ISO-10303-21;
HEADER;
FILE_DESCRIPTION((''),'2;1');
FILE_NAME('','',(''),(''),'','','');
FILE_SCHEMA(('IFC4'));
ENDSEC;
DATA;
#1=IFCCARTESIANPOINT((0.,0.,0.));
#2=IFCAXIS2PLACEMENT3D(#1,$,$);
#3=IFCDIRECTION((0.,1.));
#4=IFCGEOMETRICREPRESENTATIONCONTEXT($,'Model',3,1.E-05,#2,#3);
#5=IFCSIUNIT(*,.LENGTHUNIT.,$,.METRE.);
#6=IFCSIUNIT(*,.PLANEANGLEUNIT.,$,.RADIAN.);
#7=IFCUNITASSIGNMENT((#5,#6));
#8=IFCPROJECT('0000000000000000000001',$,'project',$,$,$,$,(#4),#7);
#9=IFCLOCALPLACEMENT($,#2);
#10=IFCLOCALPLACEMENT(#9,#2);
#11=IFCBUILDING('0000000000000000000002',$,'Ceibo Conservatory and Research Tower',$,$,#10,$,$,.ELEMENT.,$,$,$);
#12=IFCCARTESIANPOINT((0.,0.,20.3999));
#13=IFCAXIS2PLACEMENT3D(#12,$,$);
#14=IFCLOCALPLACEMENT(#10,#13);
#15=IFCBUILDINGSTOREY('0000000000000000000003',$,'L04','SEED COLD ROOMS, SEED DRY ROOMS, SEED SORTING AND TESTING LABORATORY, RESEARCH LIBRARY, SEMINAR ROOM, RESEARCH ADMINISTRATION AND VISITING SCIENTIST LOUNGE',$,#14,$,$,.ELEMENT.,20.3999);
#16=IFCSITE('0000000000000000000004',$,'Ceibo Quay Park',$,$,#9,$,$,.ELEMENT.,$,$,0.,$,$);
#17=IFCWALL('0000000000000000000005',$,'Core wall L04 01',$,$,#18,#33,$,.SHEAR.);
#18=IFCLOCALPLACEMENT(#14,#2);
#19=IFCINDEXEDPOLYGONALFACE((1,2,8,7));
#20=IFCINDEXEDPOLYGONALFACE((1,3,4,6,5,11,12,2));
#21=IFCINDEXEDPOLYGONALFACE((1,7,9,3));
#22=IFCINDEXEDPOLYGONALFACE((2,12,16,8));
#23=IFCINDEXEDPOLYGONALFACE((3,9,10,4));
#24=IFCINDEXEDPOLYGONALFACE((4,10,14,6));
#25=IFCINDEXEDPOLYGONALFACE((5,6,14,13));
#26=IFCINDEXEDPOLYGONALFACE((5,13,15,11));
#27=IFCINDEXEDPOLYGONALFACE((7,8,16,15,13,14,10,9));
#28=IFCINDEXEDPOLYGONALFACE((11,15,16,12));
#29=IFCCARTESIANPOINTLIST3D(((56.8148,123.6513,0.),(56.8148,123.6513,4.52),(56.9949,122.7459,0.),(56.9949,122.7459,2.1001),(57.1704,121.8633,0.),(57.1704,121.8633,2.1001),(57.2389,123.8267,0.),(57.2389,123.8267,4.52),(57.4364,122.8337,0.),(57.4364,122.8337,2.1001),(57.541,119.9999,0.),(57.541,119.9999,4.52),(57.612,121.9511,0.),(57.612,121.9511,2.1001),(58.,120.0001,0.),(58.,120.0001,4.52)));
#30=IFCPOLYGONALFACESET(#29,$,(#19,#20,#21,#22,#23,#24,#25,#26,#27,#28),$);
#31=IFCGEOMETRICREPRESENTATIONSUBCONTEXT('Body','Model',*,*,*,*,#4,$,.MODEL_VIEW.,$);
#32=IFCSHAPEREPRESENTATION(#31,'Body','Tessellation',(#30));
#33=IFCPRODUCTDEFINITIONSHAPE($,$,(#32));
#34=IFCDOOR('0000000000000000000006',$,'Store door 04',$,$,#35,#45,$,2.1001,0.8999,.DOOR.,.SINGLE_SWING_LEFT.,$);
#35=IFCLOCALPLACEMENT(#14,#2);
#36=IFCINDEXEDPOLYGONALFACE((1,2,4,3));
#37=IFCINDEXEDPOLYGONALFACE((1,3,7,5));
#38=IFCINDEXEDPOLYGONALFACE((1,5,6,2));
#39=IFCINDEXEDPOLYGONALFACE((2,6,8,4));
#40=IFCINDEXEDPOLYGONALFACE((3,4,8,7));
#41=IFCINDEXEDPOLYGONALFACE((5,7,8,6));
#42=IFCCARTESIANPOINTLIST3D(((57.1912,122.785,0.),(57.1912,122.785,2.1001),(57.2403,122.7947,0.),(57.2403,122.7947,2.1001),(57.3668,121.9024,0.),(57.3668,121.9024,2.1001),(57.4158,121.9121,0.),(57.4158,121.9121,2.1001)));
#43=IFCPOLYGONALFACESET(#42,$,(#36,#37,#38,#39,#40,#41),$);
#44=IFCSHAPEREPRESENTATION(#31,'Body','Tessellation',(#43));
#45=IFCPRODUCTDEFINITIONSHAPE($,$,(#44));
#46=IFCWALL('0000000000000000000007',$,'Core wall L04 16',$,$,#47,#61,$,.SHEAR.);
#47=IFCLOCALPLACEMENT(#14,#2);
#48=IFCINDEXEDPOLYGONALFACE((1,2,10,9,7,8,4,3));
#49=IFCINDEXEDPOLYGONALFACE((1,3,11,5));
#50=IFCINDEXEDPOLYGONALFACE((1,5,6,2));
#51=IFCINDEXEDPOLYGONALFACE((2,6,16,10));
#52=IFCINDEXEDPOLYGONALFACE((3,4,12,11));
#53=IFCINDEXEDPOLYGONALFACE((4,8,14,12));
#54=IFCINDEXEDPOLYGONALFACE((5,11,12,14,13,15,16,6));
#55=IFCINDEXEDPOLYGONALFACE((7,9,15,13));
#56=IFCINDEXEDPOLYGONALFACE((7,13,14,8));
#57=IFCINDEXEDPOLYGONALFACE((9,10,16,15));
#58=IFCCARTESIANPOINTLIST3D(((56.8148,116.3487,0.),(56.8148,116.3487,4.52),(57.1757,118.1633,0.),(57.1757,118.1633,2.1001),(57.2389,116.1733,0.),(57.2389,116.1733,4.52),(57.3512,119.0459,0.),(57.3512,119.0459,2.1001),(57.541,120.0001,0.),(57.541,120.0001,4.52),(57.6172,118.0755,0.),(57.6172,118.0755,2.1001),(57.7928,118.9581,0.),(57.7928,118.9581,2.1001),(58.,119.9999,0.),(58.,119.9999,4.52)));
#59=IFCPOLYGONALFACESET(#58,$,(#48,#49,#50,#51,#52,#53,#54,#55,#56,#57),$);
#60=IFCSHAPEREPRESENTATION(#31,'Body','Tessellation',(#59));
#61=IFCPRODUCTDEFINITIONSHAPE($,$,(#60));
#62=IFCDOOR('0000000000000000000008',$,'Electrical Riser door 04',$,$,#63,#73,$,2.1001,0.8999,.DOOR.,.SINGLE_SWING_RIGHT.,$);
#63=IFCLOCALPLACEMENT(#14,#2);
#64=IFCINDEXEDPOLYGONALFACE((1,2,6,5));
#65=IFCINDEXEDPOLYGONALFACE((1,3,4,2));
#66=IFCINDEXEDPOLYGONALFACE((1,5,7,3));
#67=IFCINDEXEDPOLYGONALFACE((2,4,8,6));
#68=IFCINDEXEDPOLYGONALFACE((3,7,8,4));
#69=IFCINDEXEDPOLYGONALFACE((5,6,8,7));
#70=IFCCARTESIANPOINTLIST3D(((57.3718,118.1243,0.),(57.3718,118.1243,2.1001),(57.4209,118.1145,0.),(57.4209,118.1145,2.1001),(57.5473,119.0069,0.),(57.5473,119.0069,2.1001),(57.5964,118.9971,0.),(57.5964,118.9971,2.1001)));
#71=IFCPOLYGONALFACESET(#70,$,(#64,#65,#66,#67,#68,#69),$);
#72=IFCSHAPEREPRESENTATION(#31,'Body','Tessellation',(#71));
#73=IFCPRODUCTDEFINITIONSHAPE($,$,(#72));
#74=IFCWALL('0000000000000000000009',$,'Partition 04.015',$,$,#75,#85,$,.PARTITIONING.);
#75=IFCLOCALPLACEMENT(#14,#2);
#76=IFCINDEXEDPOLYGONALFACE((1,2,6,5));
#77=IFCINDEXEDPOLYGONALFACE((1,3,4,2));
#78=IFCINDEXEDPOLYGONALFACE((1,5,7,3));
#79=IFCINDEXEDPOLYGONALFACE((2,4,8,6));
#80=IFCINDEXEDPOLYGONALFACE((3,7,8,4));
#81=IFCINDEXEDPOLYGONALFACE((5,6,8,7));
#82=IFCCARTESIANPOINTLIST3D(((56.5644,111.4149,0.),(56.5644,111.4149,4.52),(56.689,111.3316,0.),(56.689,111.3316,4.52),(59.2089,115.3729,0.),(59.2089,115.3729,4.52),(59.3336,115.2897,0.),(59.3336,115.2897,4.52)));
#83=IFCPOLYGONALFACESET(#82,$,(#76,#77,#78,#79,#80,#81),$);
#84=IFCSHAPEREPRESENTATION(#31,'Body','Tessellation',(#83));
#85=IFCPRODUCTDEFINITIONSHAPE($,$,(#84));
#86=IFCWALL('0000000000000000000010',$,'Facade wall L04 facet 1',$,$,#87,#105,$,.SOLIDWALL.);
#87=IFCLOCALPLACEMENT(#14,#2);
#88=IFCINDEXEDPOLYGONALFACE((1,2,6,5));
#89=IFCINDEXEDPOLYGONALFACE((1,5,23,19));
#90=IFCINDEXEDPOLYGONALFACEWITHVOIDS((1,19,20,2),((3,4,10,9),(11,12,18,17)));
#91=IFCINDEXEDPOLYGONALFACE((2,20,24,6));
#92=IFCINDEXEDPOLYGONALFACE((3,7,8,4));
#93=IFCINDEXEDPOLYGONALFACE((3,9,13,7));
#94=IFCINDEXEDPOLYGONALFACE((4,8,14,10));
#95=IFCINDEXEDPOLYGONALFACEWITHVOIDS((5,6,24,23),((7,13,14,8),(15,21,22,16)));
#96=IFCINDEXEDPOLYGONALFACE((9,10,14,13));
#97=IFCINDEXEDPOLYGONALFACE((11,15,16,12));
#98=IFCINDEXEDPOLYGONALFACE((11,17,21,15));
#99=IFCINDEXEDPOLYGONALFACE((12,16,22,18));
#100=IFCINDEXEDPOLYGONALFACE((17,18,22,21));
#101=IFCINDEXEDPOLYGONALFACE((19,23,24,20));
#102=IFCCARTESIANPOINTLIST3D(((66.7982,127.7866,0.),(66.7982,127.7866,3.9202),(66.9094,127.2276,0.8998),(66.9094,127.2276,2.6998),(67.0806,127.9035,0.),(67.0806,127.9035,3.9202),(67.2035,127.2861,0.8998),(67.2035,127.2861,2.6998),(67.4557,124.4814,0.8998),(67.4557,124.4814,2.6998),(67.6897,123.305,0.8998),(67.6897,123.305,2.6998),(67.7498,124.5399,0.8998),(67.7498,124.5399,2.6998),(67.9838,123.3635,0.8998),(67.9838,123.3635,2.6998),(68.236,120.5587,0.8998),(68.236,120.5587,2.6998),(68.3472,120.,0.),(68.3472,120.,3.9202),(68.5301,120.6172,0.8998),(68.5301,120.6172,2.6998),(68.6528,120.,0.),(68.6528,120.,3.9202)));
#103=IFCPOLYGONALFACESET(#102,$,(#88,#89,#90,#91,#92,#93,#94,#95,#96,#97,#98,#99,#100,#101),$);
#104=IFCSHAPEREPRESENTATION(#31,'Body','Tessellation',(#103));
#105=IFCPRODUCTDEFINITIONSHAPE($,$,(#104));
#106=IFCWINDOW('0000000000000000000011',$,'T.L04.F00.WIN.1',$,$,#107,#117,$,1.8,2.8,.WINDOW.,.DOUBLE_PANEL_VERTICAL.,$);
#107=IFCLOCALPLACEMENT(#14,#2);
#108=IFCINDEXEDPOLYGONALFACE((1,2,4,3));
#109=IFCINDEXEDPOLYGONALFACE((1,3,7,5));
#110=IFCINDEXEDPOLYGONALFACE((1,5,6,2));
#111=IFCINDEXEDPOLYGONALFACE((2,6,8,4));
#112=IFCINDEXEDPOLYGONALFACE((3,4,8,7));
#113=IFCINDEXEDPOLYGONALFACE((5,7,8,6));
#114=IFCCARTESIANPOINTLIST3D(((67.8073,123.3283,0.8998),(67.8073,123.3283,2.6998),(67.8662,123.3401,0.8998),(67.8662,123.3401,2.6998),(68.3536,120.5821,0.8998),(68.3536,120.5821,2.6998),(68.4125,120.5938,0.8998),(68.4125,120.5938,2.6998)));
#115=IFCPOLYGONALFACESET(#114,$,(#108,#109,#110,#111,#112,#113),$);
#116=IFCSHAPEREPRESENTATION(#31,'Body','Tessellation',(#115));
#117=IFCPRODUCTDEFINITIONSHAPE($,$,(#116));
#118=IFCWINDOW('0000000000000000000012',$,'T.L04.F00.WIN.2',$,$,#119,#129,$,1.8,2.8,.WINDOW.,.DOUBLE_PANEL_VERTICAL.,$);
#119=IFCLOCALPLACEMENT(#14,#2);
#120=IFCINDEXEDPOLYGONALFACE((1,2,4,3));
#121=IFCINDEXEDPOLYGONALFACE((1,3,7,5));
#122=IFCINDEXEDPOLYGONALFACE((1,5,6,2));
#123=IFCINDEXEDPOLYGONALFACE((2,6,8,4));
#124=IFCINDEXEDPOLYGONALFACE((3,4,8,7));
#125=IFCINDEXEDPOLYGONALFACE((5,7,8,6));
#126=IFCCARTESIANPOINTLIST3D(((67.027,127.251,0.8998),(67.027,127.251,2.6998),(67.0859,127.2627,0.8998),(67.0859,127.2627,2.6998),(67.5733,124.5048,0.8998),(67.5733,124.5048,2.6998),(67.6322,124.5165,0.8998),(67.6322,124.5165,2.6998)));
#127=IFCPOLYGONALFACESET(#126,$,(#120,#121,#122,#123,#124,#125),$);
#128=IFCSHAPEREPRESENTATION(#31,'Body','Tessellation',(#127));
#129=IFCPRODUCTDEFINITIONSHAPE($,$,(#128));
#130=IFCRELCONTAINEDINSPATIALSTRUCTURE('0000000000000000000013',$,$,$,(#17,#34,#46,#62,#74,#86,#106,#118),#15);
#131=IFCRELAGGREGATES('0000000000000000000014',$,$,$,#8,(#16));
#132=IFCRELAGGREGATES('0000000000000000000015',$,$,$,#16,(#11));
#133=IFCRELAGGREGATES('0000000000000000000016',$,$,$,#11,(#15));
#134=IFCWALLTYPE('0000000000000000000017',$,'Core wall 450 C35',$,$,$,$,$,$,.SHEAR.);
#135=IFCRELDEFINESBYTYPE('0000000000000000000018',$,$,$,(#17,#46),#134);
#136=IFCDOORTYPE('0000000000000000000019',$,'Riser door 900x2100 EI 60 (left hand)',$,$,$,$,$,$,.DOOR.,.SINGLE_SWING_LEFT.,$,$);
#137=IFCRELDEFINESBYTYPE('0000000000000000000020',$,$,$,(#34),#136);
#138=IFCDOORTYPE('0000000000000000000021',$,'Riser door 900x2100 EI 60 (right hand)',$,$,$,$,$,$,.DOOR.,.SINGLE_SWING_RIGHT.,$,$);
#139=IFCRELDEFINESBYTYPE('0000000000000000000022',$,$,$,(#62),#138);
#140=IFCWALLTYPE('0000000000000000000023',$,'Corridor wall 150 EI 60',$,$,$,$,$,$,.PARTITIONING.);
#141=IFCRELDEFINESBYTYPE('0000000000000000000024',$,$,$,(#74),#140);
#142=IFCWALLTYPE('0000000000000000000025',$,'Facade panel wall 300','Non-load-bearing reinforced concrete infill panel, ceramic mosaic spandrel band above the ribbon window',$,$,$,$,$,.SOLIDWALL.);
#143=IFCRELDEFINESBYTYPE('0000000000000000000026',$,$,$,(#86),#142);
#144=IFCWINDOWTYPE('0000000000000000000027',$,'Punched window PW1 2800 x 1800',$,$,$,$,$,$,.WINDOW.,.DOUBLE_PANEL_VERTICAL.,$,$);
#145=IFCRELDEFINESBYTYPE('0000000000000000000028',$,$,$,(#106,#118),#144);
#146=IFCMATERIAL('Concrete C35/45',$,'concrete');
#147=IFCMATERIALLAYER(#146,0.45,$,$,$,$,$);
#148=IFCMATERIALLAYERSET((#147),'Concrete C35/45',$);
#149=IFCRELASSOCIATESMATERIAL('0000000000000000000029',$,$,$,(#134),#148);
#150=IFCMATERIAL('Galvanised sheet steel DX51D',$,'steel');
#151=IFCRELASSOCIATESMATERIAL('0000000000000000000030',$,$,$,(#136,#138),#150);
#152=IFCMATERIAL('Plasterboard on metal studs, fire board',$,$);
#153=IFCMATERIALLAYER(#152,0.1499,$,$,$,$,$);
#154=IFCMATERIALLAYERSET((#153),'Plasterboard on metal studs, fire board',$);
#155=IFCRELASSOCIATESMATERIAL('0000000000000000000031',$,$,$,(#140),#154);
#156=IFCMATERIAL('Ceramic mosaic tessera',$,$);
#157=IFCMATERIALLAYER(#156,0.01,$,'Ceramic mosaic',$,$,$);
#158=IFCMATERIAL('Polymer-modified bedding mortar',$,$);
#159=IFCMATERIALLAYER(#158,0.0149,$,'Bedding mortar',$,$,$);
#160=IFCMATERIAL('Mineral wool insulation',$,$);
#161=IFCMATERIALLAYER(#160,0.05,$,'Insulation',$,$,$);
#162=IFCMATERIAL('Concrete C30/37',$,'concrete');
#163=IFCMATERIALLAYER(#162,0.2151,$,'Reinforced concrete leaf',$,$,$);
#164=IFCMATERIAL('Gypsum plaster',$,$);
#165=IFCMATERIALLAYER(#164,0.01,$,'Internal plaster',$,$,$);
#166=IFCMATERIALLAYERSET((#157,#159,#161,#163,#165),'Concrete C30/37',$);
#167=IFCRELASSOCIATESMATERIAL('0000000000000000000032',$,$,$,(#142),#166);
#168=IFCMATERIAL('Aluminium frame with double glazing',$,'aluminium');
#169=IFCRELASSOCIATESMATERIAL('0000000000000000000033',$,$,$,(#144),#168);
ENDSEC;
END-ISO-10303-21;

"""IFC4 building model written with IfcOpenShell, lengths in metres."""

from ifc_helpers import new_model, si_unit, direction, frame, frame_2d, origin, place, context, subcontext, project, spatial, polyline, rectangle, outline, extrude, material, layer, layer_set, type_object, element, fill, save


model = new_model("IFC4")

# Units and contexts
model_context = context("Model", 3, precision=1e-05, world=origin(), true_north=direction((0.0, 1.0)))
body_context = subcontext(model_context, "Body", "Model", "MODEL_VIEW")
ifc_project = project(units=[si_unit("LENGTHUNIT", "METRE"), si_unit("PLANEANGLEUNIT", "RADIAN")], contexts=[model_context])

# Site, building, storey
site_placement = place(None, origin())
site = spatial("IfcSite", under=ifc_project, at=site_placement, Name="Ceibo Quay Park", CompositionType="ELEMENT", RefElevation=0.0)
building_placement = place(site_placement, origin())
building = spatial("IfcBuilding", under=site, at=building_placement, Name="Ceibo Conservatory and Research Tower", CompositionType="ELEMENT")
storey_placement = place(building_placement, frame((0.0, 0.0, 20.3999)))
storey = spatial("IfcBuildingStorey", under=building, at=storey_placement, Name="L04", Description="SEED COLD ROOMS, SEED DRY ROOMS, SEED SORTING AND TESTING LABORATORY, RESEARCH LIBRARY, SEMINAR ROOM, RESEARCH ADMINISTRATION AND VISITING SCIENTIST LOUNGE", CompositionType="ELEMENT", Elevation=20.3999)

# Shared definitions
ifc_material_1 = material(Name="Concrete C35/45", Category="concrete")

# Walls, openings, doors
ifc_layer_1 = layer(ifc_material_1, 0.45)
ifc_layer_set_1 = layer_set([ifc_layer_1], Name="Concrete C35/45")
wall_type_1 = type_object("IfcWallType", Name="Core wall 450 C35", PredefinedType="SHEAR", material=ifc_layer_set_1)
wall_1_placement = place(storey_placement, frame((57.7705, 120.0, 0.0), z_axis=(0.0, 0.0, 1.0), x_axis=(-0.195069, 0.980789, 0.0)))
wall_1 = element("IfcWall", 1, at=wall_1_placement, inside=storey, type_object=wall_type_1, Name="Core wall L04 01", PredefinedType="SHEAR", context=body_context, shape_type="SweptSolid", body=[
    extrude(outline(polyline([(-0.0447, -0.2251), (3.8569, -0.2251), (3.7676, 0.2251), (0.0447, 0.2251), (-0.0447, -0.2251)])), origin(), (0.0, 0.0, 1.0), 4.52),
])
opening_1_placement = place(wall_1_placement, frame((1.9446, 0.0, 0.0)))
opening_1 = element("IfcOpeningElement", 2, at=opening_1_placement, cuts=wall_1, PredefinedType="OPENING", context=body_context, shape_type="SweptSolid", body=[
    extrude(rectangle(XDim=0.8999, YDim=2.1001, at=frame_2d((0.45, 1.05))), frame((0.0, 0.2349, 0.0), z_axis=(0.0, -1.0, 0.0), x_axis=(1.0, 0.0, 0.0)), (0.0, 0.0, 1.0), 0.47),
])
ifc_material_2 = material(Name="Galvanised sheet steel DX51D", Category="steel")
door_type_1 = type_object("IfcDoorType", Name="Riser door 900x2100 EI 60 (left hand)", OperationType="SINGLE_SWING_LEFT", PredefinedType="DOOR", material=ifc_material_2)
door_1_placement = place(opening_1_placement, origin())
door_1 = element("IfcDoor", 3, at=door_1_placement, inside=storey, type_object=door_type_1, Name="Store door 04", OperationType="SINGLE_SWING_LEFT", OverallHeight=2.1001, OverallWidth=0.8999, PredefinedType="DOOR", context=body_context, shape_type="SweptSolid", body=[
    extrude(rectangle(XDim=0.8999, YDim=2.1001, at=frame_2d((0.45, 1.05))), frame((0.0, 0.0249, 0.0), z_axis=(0.0, -1.0, 0.0), x_axis=(1.0, 0.0, 0.0)), (0.0, 0.0, 1.0), 0.05),
])
fill(opening_1, door_1)
wall_2_placement = place(storey_placement, frame((57.0269, 116.261, 0.0), z_axis=(0.0, 0.0, 1.0), x_axis=(0.195069, 0.980789, 0.0)))
wall_2 = element("IfcWall", 4, at=wall_2_placement, inside=storey, type_object=wall_type_1, Name="Core wall L04 16", PredefinedType="SHEAR", context=body_context, shape_type="SweptSolid", body=[
    extrude(outline(polyline([(-0.0447, -0.2251), (3.8569, -0.2251), (3.7676, 0.2251), (0.0447, 0.2251), (-0.0447, -0.2251)])), origin(), (0.0, 0.0, 1.0), 4.52),
])
opening_2_placement = place(wall_2_placement, frame((1.8948, 0.0, 0.0)))
opening_2 = element("IfcOpeningElement", 5, at=opening_2_placement, cuts=wall_2, PredefinedType="OPENING", context=body_context, shape_type="SweptSolid", body=[
    extrude(rectangle(XDim=0.8999, YDim=2.1001, at=frame_2d((0.45, 1.05))), frame((0.0, 0.2349, 0.0), z_axis=(0.0, -1.0, 0.0), x_axis=(1.0, 0.0, 0.0)), (0.0, 0.0, 1.0), 0.47),
])
door_type_2 = type_object("IfcDoorType", Name="Riser door 900x2100 EI 60 (right hand)", OperationType="SINGLE_SWING_RIGHT", PredefinedType="DOOR", material=ifc_material_2)
door_2_placement = place(opening_2_placement, frame((0.8999, 0.0, 0.0), z_axis=(0.0, 0.0, 1.0), x_axis=(-1.0, 0.0, 0.0)))
door_2 = element("IfcDoor", 6, at=door_2_placement, inside=storey, type_object=door_type_2, Name="Electrical Riser door 04", OperationType="SINGLE_SWING_RIGHT", OverallHeight=2.1001, OverallWidth=0.8999, PredefinedType="DOOR", context=body_context, shape_type="SweptSolid", body=[
    extrude(rectangle(XDim=0.8999, YDim=2.1001, at=frame_2d((0.45, 1.05))), frame((0.0, 0.0249, 0.0), z_axis=(0.0, -1.0, 0.0), x_axis=(1.0, 0.0, 0.0)), (0.0, 0.0, 1.0), 0.05),
])
fill(opening_2, door_2)

# Wall
ifc_material_3 = material(Name="Plasterboard on metal studs, fire board")
ifc_layer_2 = layer(ifc_material_3, 0.1499)
ifc_layer_set_2 = layer_set([ifc_layer_2], Name="Plasterboard on metal studs, fire board")
wall_type_2 = type_object("IfcWallType", Name="Corridor wall 150 EI 60", PredefinedType="PARTITIONING", material=ifc_layer_set_2)
wall_3_placement = place(storey_placement, frame((59.2712, 115.3313, 0.0), z_axis=(0.0, 0.0, 1.0), x_axis=(-0.555552, -0.831482, 0.0)))
element("IfcWall", 7, at=wall_3_placement, inside=storey, type_object=wall_type_2, Name="Partition 04.015", PredefinedType="PARTITIONING", context=body_context, shape_type="SweptSolid", body=[
    extrude(rectangle(XDim=4.7603, YDim=0.1499, at=frame_2d((2.3801, 0.0))), origin(), (0.0, 0.0, 1.0), 4.52),
])

# Wall, openings, windows
ifc_material_4 = material(Name="Ceramic mosaic tessera")
ifc_layer_3 = layer(ifc_material_4, 0.01, Name="Ceramic mosaic")
ifc_material_5 = material(Name="Polymer-modified bedding mortar")
ifc_layer_4 = layer(ifc_material_5, 0.0149, Name="Bedding mortar")
ifc_material_6 = material(Name="Mineral wool insulation")
ifc_layer_5 = layer(ifc_material_6, 0.05, Name="Insulation")
ifc_material_7 = material(Name="Concrete C30/37", Category="concrete")
ifc_layer_6 = layer(ifc_material_7, 0.2151, Name="Reinforced concrete leaf")
ifc_material_8 = material(Name="Gypsum plaster")
ifc_layer_7 = layer(ifc_material_8, 0.01, Name="Internal plaster")
ifc_layer_set_3 = layer_set([ifc_layer_3, ifc_layer_4, ifc_layer_5, ifc_layer_6, ifc_layer_7], Name="Concrete C30/37")
wall_type_3 = type_object("IfcWallType", Name="Facade panel wall 300", Description="Non-load-bearing reinforced concrete infill panel, ceramic mosaic spandrel band above the ribbon window", PredefinedType="SOLIDWALL", material=ifc_layer_set_3)
wall_4_placement = place(storey_placement, frame((68.5, 120.0, 0.0), z_axis=(0.0, 0.0, 1.0), x_axis=(-0.195101, 0.980783, 0.0)))
wall_4 = element("IfcWall", 8, at=wall_4_placement, inside=storey, type_object=wall_type_3, Name="Facade wall L04 facet 1", PredefinedType="SOLIDWALL", context=body_context, shape_type="SweptSolid", body=[
    extrude(outline(polyline([(-0.0298, -0.1499), (8.0286, -0.1499), (7.969, 0.1499), (0.0298, 0.1499), (-0.0298, -0.1499)])), origin(), (0.0, 0.0, 1.0), 3.9202),
])
opening_3_placement = place(wall_4_placement, frame((0.5996, 0.0, 0.8999)))
opening_3 = element("IfcOpeningElement", 9, at=opening_3_placement, cuts=wall_4, PredefinedType="OPENING", context=body_context, shape_type="SweptSolid", body=[
    extrude(rectangle(XDim=2.8, YDim=1.8, at=frame_2d((1.3999, 0.8999))), frame((0.0, 0.1599, 0.0), z_axis=(0.0, -1.0, 0.0), x_axis=(1.0, 0.0, 0.0)), (0.0, 0.0, 1.0), 0.3201),
])
opening_4_placement = place(wall_4_placement, frame((4.5991, 0.0, 0.8999)))
opening_4 = element("IfcOpeningElement", 10, at=opening_4_placement, cuts=wall_4, PredefinedType="OPENING", context=body_context, shape_type="SweptSolid", body=[
    extrude(rectangle(XDim=2.8, YDim=1.8, at=frame_2d((1.3999, 0.8999))), frame((0.0, 0.1599, 0.0), z_axis=(0.0, -1.0, 0.0), x_axis=(1.0, 0.0, 0.0)), (0.0, 0.0, 1.0), 0.3201),
])
ifc_material_9 = material(Name="Aluminium frame with double glazing", Category="aluminium")
window_type = type_object("IfcWindowType", Name="Punched window PW1 2800 x 1800", PartitioningType="DOUBLE_PANEL_VERTICAL", PredefinedType="WINDOW", material=ifc_material_9)
window_1_placement = place(opening_3_placement, origin())
window_1 = element("IfcWindow", 11, at=window_1_placement, inside=storey, type_object=window_type, Name="T.L04.F00.WIN.1", OverallHeight=1.8, OverallWidth=2.8, PartitioningType="DOUBLE_PANEL_VERTICAL", PredefinedType="WINDOW", context=body_context, shape_type="SweptSolid", body=[
    extrude(rectangle(XDim=2.8, YDim=1.8, at=frame_2d((1.3999, 0.8999))), frame((0.0, 0.03, 0.0), z_axis=(0.0, -1.0, 0.0), x_axis=(1.0, 0.0, 0.0)), (0.0, 0.0, 1.0), 0.0601),
])
fill(opening_3, window_1)
window_2_placement = place(opening_4_placement, origin())
window_2 = element("IfcWindow", 12, at=window_2_placement, inside=storey, type_object=window_type, Name="T.L04.F00.WIN.2", OverallHeight=1.8, OverallWidth=2.8, PartitioningType="DOUBLE_PANEL_VERTICAL", PredefinedType="WINDOW", context=body_context, shape_type="SweptSolid", body=[
    extrude(rectangle(XDim=2.8, YDim=1.8, at=frame_2d((1.3999, 0.8999))), frame((0.0, 0.03, 0.0), z_axis=(0.0, -1.0, 0.0), x_axis=(1.0, 0.0, 0.0)), (0.0, 0.0, 1.0), 0.0601),
])
fill(opening_4, window_2)

save(model, "model.ifc")
